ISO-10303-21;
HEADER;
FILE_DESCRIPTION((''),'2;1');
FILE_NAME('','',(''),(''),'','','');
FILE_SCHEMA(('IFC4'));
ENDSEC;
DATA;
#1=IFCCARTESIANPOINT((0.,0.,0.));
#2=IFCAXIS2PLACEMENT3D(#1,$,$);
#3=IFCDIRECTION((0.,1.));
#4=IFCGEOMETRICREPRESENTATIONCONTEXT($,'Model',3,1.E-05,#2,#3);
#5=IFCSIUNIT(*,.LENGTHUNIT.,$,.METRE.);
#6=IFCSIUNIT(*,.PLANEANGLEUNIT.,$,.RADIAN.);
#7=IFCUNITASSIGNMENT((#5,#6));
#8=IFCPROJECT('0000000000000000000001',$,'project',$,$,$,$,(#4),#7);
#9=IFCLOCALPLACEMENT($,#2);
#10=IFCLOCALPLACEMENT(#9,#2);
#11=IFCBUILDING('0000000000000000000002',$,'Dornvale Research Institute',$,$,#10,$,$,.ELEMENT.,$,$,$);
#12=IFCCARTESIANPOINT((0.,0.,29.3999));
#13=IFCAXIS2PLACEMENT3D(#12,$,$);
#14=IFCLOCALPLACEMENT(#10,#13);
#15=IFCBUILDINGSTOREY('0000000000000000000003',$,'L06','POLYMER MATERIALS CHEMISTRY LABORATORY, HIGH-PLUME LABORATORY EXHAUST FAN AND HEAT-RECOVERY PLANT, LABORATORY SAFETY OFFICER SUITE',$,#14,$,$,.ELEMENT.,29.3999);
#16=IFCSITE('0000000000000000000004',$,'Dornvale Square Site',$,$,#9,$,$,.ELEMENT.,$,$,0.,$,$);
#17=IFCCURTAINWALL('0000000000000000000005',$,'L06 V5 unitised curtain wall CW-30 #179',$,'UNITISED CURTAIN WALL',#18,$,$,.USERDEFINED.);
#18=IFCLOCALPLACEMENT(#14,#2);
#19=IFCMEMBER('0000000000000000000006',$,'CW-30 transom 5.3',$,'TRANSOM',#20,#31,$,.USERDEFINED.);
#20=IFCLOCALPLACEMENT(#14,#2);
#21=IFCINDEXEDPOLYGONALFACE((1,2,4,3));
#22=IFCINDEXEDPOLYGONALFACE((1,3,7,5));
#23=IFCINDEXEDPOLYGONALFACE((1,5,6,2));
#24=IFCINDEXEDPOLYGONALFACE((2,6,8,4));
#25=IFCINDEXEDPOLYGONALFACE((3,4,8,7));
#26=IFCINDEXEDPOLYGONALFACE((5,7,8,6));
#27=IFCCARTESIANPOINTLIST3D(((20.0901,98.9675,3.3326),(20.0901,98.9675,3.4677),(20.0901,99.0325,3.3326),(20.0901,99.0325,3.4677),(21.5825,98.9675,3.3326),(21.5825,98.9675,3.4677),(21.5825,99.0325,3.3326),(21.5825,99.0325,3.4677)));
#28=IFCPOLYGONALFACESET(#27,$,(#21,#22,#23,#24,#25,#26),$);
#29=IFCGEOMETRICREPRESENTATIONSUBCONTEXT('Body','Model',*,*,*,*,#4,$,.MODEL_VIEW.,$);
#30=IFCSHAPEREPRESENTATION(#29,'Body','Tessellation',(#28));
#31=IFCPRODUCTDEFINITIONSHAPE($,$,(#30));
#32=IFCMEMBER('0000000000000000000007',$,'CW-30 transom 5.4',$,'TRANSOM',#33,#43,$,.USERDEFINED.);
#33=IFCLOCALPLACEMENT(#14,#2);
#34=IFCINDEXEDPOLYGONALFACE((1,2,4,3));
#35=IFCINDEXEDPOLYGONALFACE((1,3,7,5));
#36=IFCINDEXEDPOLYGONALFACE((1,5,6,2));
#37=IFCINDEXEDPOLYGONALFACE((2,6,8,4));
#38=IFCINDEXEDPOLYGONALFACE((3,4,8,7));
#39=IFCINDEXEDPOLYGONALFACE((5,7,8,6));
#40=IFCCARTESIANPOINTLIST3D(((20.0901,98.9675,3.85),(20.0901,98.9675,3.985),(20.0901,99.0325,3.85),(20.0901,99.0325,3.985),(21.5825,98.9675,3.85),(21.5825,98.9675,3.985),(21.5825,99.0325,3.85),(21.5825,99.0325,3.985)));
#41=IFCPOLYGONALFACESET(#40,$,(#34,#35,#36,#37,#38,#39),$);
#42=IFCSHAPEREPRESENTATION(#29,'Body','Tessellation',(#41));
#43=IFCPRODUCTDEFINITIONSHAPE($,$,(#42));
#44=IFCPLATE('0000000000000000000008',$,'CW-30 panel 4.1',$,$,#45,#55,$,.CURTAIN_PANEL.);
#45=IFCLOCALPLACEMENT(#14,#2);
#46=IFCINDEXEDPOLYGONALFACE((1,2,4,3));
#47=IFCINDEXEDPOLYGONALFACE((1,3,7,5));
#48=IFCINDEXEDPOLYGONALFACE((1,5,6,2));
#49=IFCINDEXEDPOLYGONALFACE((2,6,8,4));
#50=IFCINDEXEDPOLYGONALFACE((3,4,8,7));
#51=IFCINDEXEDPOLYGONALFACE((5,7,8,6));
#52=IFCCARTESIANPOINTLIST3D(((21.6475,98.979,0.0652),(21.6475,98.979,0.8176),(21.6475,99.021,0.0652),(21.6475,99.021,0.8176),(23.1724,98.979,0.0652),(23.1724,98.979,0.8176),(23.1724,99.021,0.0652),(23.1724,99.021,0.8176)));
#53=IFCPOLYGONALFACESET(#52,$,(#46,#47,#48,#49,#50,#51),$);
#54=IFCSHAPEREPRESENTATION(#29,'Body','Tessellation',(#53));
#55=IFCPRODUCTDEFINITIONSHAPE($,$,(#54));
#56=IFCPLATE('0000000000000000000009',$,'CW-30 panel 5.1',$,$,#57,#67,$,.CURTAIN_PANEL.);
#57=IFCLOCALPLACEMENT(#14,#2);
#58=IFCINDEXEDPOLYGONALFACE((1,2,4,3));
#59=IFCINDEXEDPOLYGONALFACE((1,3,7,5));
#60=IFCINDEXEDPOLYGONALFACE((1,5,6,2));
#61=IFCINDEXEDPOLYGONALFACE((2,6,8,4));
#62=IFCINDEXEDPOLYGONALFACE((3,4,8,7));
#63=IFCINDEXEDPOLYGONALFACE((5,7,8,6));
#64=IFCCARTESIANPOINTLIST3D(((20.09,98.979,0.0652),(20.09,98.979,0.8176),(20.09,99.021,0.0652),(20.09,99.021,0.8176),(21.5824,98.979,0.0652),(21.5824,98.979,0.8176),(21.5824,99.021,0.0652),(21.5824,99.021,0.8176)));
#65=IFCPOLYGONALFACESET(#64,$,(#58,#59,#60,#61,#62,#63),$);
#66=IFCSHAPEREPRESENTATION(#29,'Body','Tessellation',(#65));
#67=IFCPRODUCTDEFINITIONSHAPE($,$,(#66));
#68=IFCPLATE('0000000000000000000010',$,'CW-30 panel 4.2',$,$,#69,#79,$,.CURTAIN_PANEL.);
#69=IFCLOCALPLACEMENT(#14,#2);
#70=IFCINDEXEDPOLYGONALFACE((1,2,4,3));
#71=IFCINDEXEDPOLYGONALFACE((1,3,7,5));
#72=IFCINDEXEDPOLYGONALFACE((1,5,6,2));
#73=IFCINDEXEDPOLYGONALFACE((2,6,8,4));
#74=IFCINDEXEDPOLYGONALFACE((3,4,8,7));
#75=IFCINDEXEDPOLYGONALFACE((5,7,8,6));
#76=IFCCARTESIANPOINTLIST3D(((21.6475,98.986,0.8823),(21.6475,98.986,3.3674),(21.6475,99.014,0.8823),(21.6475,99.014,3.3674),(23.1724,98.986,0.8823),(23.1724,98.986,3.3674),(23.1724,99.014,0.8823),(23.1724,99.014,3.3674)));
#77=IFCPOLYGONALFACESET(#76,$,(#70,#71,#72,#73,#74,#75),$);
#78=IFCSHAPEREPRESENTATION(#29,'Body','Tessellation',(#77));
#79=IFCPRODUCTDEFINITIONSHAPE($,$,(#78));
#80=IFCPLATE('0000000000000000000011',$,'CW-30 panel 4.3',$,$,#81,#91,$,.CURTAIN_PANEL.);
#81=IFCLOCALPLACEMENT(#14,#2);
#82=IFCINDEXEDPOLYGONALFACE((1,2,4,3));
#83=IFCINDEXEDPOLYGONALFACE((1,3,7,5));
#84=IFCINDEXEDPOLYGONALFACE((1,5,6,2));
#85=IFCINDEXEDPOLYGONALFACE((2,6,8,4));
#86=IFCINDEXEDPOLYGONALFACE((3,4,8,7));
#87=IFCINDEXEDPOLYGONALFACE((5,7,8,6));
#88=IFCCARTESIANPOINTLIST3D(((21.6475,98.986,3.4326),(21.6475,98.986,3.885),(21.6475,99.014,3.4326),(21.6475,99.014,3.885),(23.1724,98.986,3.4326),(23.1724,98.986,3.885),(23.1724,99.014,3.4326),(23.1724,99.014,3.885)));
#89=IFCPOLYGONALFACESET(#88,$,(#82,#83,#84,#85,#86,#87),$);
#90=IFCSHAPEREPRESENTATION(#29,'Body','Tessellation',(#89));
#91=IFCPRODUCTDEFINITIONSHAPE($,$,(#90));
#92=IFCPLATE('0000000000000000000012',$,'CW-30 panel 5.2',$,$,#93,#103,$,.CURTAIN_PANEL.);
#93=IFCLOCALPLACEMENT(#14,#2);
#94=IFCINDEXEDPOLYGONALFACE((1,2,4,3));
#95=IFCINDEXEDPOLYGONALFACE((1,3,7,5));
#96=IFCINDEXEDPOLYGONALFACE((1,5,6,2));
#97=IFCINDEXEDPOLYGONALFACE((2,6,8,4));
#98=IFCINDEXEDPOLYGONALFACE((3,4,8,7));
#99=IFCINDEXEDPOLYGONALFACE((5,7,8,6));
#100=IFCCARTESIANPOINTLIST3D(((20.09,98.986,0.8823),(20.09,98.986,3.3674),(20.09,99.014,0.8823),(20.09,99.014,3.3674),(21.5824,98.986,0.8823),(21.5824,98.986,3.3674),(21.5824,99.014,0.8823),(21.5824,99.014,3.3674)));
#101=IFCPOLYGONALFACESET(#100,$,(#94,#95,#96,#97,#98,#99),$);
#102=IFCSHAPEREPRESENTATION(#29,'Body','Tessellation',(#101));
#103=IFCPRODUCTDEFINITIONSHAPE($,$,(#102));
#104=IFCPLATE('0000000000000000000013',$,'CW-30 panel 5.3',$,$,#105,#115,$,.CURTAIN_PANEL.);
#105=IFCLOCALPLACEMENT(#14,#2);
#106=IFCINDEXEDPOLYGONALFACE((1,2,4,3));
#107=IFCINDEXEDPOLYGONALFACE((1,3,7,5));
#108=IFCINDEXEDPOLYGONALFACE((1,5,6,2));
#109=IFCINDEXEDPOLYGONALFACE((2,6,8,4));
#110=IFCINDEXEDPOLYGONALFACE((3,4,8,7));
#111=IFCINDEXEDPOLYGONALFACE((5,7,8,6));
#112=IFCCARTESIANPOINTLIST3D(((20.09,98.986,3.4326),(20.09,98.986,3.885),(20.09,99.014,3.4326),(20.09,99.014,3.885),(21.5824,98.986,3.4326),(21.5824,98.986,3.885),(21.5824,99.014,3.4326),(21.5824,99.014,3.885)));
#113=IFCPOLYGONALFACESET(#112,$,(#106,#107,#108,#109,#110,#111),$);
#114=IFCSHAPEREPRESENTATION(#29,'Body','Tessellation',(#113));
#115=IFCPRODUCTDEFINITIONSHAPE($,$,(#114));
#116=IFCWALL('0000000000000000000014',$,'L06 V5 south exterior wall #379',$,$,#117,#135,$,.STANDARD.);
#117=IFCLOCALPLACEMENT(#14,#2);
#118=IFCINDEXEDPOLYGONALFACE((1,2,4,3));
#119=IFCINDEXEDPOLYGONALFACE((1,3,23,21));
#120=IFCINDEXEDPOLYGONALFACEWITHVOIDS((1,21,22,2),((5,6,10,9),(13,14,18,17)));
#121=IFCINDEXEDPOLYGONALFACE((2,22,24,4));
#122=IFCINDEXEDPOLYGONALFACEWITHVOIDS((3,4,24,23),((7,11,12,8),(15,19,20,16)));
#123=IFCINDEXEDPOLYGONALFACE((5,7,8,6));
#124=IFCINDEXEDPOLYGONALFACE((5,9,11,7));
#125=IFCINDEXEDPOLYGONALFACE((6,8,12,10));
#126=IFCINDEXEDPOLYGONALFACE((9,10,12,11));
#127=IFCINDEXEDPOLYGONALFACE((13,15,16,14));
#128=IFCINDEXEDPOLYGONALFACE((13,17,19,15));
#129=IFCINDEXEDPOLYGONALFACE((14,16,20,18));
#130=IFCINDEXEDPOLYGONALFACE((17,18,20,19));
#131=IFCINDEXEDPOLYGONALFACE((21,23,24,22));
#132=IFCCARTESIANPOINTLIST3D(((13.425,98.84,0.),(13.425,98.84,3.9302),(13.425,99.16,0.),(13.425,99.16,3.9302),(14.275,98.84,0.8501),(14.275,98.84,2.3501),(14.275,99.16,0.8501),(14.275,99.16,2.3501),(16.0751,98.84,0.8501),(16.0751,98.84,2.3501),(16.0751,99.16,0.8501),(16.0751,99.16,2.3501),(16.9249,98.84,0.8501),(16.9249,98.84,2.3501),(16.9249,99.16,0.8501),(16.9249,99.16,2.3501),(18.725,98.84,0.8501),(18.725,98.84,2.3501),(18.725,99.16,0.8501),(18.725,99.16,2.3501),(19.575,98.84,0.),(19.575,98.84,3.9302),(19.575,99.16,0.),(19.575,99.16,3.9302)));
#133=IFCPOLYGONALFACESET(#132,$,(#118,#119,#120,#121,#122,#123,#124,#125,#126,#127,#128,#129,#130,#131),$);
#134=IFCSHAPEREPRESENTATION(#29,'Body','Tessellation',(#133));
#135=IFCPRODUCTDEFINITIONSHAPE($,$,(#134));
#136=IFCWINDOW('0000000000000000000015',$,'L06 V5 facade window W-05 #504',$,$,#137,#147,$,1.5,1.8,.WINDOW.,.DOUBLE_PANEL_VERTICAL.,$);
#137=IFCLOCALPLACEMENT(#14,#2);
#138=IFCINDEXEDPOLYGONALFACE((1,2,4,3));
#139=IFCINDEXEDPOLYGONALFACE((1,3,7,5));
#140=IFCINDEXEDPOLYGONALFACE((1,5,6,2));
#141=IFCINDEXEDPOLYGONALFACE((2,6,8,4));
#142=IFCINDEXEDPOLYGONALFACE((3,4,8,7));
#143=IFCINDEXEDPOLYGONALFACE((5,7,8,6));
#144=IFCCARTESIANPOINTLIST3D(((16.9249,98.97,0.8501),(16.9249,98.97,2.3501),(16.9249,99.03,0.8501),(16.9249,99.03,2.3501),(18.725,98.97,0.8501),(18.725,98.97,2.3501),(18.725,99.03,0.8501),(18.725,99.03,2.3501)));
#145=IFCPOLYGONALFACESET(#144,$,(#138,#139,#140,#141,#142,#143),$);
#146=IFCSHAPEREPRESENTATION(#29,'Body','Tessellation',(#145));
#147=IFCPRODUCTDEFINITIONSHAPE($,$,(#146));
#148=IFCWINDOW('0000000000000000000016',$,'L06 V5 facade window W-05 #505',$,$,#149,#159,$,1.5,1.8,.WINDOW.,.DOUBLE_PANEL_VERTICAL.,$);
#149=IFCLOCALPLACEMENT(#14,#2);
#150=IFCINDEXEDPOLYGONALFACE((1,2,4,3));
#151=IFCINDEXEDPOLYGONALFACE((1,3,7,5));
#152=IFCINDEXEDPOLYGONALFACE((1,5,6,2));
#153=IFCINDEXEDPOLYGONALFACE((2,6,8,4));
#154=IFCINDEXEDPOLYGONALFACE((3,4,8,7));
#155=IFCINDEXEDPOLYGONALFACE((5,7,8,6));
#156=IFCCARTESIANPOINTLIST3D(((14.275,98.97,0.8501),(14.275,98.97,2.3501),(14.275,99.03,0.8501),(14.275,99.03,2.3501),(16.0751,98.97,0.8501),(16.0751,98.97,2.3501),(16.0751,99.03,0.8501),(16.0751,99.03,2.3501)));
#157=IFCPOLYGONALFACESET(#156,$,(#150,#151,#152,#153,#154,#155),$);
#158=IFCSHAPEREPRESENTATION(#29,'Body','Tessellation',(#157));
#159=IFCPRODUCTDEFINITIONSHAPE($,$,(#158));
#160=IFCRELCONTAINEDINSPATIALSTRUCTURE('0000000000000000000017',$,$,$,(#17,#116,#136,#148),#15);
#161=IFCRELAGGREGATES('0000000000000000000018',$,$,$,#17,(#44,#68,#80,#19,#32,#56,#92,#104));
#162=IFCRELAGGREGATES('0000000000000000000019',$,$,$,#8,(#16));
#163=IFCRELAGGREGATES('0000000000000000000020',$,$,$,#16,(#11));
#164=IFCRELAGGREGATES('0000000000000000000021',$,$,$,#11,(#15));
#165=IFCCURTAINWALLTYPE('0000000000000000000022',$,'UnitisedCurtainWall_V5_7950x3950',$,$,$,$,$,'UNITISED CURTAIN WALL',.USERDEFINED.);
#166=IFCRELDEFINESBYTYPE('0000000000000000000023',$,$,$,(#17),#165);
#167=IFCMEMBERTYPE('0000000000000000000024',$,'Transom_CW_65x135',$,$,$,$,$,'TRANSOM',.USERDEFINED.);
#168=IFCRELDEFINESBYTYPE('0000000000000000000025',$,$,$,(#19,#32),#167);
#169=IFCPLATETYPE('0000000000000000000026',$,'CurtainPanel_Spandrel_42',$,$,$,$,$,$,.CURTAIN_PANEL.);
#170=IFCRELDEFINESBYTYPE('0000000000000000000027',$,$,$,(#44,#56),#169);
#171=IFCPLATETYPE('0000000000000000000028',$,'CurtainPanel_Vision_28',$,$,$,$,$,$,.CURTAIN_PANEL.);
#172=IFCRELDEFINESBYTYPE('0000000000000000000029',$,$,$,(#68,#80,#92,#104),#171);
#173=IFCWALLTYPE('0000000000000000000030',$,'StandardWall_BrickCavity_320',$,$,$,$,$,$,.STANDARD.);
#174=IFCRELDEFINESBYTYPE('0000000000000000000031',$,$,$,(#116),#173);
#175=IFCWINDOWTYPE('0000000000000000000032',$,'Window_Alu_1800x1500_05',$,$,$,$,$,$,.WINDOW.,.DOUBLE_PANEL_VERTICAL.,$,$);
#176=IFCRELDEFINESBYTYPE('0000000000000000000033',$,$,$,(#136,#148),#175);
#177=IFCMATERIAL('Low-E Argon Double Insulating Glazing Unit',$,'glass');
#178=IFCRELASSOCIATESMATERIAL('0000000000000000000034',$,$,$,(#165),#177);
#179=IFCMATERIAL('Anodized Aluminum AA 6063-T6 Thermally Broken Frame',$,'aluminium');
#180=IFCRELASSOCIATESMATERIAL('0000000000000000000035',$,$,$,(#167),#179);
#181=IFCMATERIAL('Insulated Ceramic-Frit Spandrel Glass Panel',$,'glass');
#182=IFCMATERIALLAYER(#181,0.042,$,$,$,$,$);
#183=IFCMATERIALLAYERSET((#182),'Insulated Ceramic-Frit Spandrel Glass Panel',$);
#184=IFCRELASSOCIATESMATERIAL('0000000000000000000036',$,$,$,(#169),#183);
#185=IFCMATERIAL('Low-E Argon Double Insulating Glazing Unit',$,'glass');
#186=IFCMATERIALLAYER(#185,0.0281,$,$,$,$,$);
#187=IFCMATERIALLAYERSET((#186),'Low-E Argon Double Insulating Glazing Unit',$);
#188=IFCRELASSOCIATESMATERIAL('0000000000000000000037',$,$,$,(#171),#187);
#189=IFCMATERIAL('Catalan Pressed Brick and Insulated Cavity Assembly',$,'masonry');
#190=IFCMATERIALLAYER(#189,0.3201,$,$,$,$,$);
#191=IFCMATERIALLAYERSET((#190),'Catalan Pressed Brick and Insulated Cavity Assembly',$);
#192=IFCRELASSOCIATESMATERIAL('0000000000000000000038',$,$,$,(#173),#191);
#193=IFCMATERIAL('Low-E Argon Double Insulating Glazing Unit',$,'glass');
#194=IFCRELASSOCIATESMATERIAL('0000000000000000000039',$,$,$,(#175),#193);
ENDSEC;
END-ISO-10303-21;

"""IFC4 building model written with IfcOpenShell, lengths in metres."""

from ifc_helpers import new_model, si_unit, direction, frame, frame_2d, origin, origin_2d, place, context, subcontext, project, spatial, rectangle, extrude, material, layer, layer_set, material_profile, profile_set, type_object, element, fill, aggregate, save


model = new_model("IFC4")

# Units and contexts
model_context = context("Model", 3, precision=1e-05, world=origin(), true_north=direction((0.0, 1.0)))
body_context = subcontext(model_context, "Body", "Model", "MODEL_VIEW")
ifc_project = project(units=[si_unit("LENGTHUNIT", "METRE"), si_unit("PLANEANGLEUNIT", "RADIAN")], contexts=[model_context])

# Site, building, storey
site_placement = place(None, origin())
site = spatial("IfcSite", under=ifc_project, at=site_placement, Name="Dornvale Square Site", CompositionType="ELEMENT", RefElevation=0.0)
building_placement = place(site_placement, origin())
building = spatial("IfcBuilding", under=site, at=building_placement, Name="Dornvale Research Institute", CompositionType="ELEMENT")
storey_placement = place(building_placement, frame((0.0, 0.0, 29.3999)))
storey = spatial("IfcBuildingStorey", under=building, at=storey_placement, Name="L06", Description="POLYMER MATERIALS CHEMISTRY LABORATORY, HIGH-PLUME LABORATORY EXHAUST FAN AND HEAT-RECOVERY PLANT, LABORATORY SAFETY OFFICER SUITE", CompositionType="ELEMENT", Elevation=29.3999)

# Curtain wall
ifc_material_1 = material(Name="Low-E Argon Double Insulating Glazing Unit", Category="glass")
curtain_wall_type = type_object("IfcCurtainWallType", Name="UnitisedCurtainWall_V5_7950x3950", ElementType="UNITISED CURTAIN WALL", PredefinedType="USERDEFINED", material=ifc_material_1)
curtain_wall_1_placement = place(storey_placement, origin())
curtain_wall_1 = element("IfcCurtainWall", 1, at=curtain_wall_1_placement, inside=storey, type_object=curtain_wall_type, Name="L06 V5 unitised curtain wall CW-30 #179", ObjectType="UNITISED CURTAIN WALL", PredefinedType="USERDEFINED")

# Members
ifc_material_2 = material(Name="Anodized Aluminum AA 6063-T6 Thermally Broken Frame", Category="aluminium")
ifc_material_profile_1 = material_profile(ifc_material_2, rectangle(XDim=0.0649, YDim=0.135, at=origin_2d()), Name="ALU TRANSOM 65x135")
ifc_profile_set_1 = profile_set([ifc_material_profile_1], Name="Anodized Aluminum AA 6063-T6 Thermally Broken Frame")
member_type_1 = type_object("IfcMemberType", Name="Transom_CW_65x135", ElementType="TRANSOM", PredefinedType="USERDEFINED", material=ifc_profile_set_1)
member_1_placement = place(storey_placement, frame((21.5825, 99.0, 3.4001), z_axis=(-1.0, 0.0, 0.0), x_axis=(0.0, -1.0, 0.0)))
member_1 = element("IfcMember", 2, at=member_1_placement, type_object=member_type_1, Name="CW-30 transom 5.3", ObjectType="TRANSOM", PredefinedType="USERDEFINED", context=body_context, shape_type="SweptSolid", body=[
    extrude(rectangle(XDim=0.0649, YDim=0.135, at=origin_2d()), origin(), (0.0, 0.0, 1.0), 1.4924),
])
member_2_placement = place(storey_placement, frame((21.5825, 99.0, 3.9175), z_axis=(-1.0, 0.0, 0.0), x_axis=(0.0, -1.0, 0.0)))
member_2 = element("IfcMember", 3, at=member_2_placement, type_object=member_type_1, Name="CW-30 transom 5.4", ObjectType="TRANSOM", PredefinedType="USERDEFINED", context=body_context, shape_type="SweptSolid", body=[
    extrude(rectangle(XDim=0.0649, YDim=0.135, at=origin_2d()), origin(), (0.0, 0.0, 1.0), 1.4924),
])

# Plates
ifc_material_3 = material(Name="Insulated Ceramic-Frit Spandrel Glass Panel", Category="glass")
ifc_layer_1 = layer(ifc_material_3, 0.042)
ifc_layer_set_1 = layer_set([ifc_layer_1], Name="Insulated Ceramic-Frit Spandrel Glass Panel")
plate_type_1 = type_object("IfcPlateType", Name="CurtainPanel_Spandrel_42", PredefinedType="CURTAIN_PANEL", material=ifc_layer_set_1)
plate_1_placement = place(storey_placement, frame((22.4099, 99.0, 0.0652), z_axis=(0.0, 0.0, 1.0), x_axis=(-1.0, 0.0, 0.0)))
plate_1 = element("IfcPlate", 4, at=plate_1_placement, type_object=plate_type_1, Name="CW-30 panel 4.1", PredefinedType="CURTAIN_PANEL", context=body_context, shape_type="SweptSolid", body=[
    extrude(rectangle(XDim=1.5249, YDim=0.042, at=origin_2d()), origin(), (0.0, 0.0, 1.0), 0.7524),
])
plate_2_placement = place(storey_placement, frame((20.8362, 99.0, 0.0652), z_axis=(0.0, 0.0, 1.0), x_axis=(-1.0, 0.0, 0.0)))
plate_2 = element("IfcPlate", 5, at=plate_2_placement, type_object=plate_type_1, Name="CW-30 panel 5.1", PredefinedType="CURTAIN_PANEL", context=body_context, shape_type="SweptSolid", body=[
    extrude(rectangle(XDim=1.4924, YDim=0.042, at=origin_2d()), origin(), (0.0, 0.0, 1.0), 0.7524),
])
ifc_material_4 = material(Name="Low-E Argon Double Insulating Glazing Unit", Category="glass")
ifc_layer_2 = layer(ifc_material_4, 0.0281)
ifc_layer_set_2 = layer_set([ifc_layer_2], Name="Low-E Argon Double Insulating Glazing Unit")
plate_type_2 = type_object("IfcPlateType", Name="CurtainPanel_Vision_28", PredefinedType="CURTAIN_PANEL", material=ifc_layer_set_2)
plate_3_placement = place(storey_placement, frame((22.4099, 99.0, 0.8823), z_axis=(0.0, 0.0, 1.0), x_axis=(-1.0, 0.0, 0.0)))
plate_3 = element("IfcPlate", 6, at=plate_3_placement, type_object=plate_type_2, Name="CW-30 panel 4.2", PredefinedType="CURTAIN_PANEL", context=body_context, shape_type="SweptSolid", body=[
    extrude(rectangle(XDim=1.5249, YDim=0.0281, at=origin_2d()), origin(), (0.0, 0.0, 1.0), 2.4851),
])
plate_4_placement = place(storey_placement, frame((22.4099, 99.0, 3.4326), z_axis=(0.0, 0.0, 1.0), x_axis=(-1.0, 0.0, 0.0)))
plate_4 = element("IfcPlate", 7, at=plate_4_placement, type_object=plate_type_2, Name="CW-30 panel 4.3", PredefinedType="CURTAIN_PANEL", context=body_context, shape_type="SweptSolid", body=[
    extrude(rectangle(XDim=1.5249, YDim=0.0281, at=origin_2d()), origin(), (0.0, 0.0, 1.0), 0.4524),
])
plate_5_placement = place(storey_placement, frame((20.8362, 99.0, 0.8823), z_axis=(0.0, 0.0, 1.0), x_axis=(-1.0, 0.0, 0.0)))
plate_5 = element("IfcPlate", 8, at=plate_5_placement, type_object=plate_type_2, Name="CW-30 panel 5.2", PredefinedType="CURTAIN_PANEL", context=body_context, shape_type="SweptSolid", body=[
    extrude(rectangle(XDim=1.4924, YDim=0.0281, at=origin_2d()), origin(), (0.0, 0.0, 1.0), 2.4851),
])
plate_6_placement = place(storey_placement, frame((20.8362, 99.0, 3.4326), z_axis=(0.0, 0.0, 1.0), x_axis=(-1.0, 0.0, 0.0)))
plate_6 = element("IfcPlate", 9, at=plate_6_placement, type_object=plate_type_2, Name="CW-30 panel 5.3", PredefinedType="CURTAIN_PANEL", context=body_context, shape_type="SweptSolid", body=[
    extrude(rectangle(XDim=1.4924, YDim=0.0281, at=origin_2d()), origin(), (0.0, 0.0, 1.0), 0.4524),
])
aggregate(curtain_wall_1, [plate_1, plate_3, plate_4, member_1, member_2, plate_2, plate_5, plate_6])

# Wall, openings, windows
ifc_material_5 = material(Name="Catalan Pressed Brick and Insulated Cavity Assembly", Category="masonry")
ifc_layer_3 = layer(ifc_material_5, 0.3201)
ifc_layer_set_3 = layer_set([ifc_layer_3], Name="Catalan Pressed Brick and Insulated Cavity Assembly")
wall_type = type_object("IfcWallType", Name="StandardWall_BrickCavity_320", PredefinedType="STANDARD", material=ifc_layer_set_3)
wall_placement = place(storey_placement, frame((19.575, 99.0, 0.0), z_axis=(0.0, 0.0, 1.0), x_axis=(-1.0, 0.0, 0.0)))
wall = element("IfcWall", 10, at=wall_placement, inside=storey, type_object=wall_type, Name="L06 V5 south exterior wall #379", PredefinedType="STANDARD", context=body_context, shape_type="SweptSolid", body=[
    extrude(rectangle(XDim=6.1499, YDim=0.3201, at=frame_2d((3.075, 0.0))), origin(), (0.0, 0.0, 1.0), 3.9302),
])
opening_1_placement = place(wall_placement, frame((0.8501, 0.0, 0.8501)))
opening_1 = element("IfcOpeningElement", 11, at=opening_1_placement, cuts=wall, PredefinedType="OPENING", context=body_context, shape_type="SweptSolid", body=[
    extrude(rectangle(XDim=1.8, YDim=1.5, at=frame_2d((0.8999, 0.75))), frame((0.0, 0.175, 0.0), z_axis=(0.0, -1.0, 0.0), x_axis=(1.0, 0.0, 0.0)), (0.0, 0.0, 1.0), 0.3501),
])
opening_2_placement = place(wall_placement, frame((3.5, 0.0, 0.8501)))
opening_2 = element("IfcOpeningElement", 12, at=opening_2_placement, cuts=wall, PredefinedType="OPENING", context=body_context, shape_type="SweptSolid", body=[
    extrude(rectangle(XDim=1.8, YDim=1.5, at=frame_2d((0.8999, 0.75))), frame((0.0, 0.175, 0.0), z_axis=(0.0, -1.0, 0.0), x_axis=(1.0, 0.0, 0.0)), (0.0, 0.0, 1.0), 0.3501),
])
ifc_material_6 = material(Name="Low-E Argon Double Insulating Glazing Unit", Category="glass")
window_type = type_object("IfcWindowType", Name="Window_Alu_1800x1500_05", PartitioningType="DOUBLE_PANEL_VERTICAL", PredefinedType="WINDOW", material=ifc_material_6)
window_1_placement = place(opening_1_placement, origin())
window_1 = element("IfcWindow", 13, at=window_1_placement, inside=storey, type_object=window_type, Name="L06 V5 facade window W-05 #504", OverallHeight=1.5, OverallWidth=1.8, PartitioningType="DOUBLE_PANEL_VERTICAL", PredefinedType="WINDOW", context=body_context, shape_type="SweptSolid", body=[
    extrude(rectangle(XDim=1.8, YDim=1.5, at=frame_2d((0.8999, 0.75))), frame((0.0, 0.03, 0.0), z_axis=(0.0, -1.0, 0.0), x_axis=(1.0, 0.0, 0.0)), (0.0, 0.0, 1.0), 0.0601),
])
fill(opening_1, window_1)
window_2_placement = place(opening_2_placement, origin())
window_2 = element("IfcWindow", 14, at=window_2_placement, inside=storey, type_object=window_type, Name="L06 V5 facade window W-05 #505", OverallHeight=1.5, OverallWidth=1.8, PartitioningType="DOUBLE_PANEL_VERTICAL", PredefinedType="WINDOW", context=body_context, shape_type="SweptSolid", body=[
    extrude(rectangle(XDim=1.8, YDim=1.5, at=frame_2d((0.8999, 0.75))), frame((0.0, 0.03, 0.0), z_axis=(0.0, -1.0, 0.0), x_axis=(1.0, 0.0, 0.0)), (0.0, 0.0, 1.0), 0.0601),
])
fill(opening_2, window_2)

save(model, "model.ifc")
